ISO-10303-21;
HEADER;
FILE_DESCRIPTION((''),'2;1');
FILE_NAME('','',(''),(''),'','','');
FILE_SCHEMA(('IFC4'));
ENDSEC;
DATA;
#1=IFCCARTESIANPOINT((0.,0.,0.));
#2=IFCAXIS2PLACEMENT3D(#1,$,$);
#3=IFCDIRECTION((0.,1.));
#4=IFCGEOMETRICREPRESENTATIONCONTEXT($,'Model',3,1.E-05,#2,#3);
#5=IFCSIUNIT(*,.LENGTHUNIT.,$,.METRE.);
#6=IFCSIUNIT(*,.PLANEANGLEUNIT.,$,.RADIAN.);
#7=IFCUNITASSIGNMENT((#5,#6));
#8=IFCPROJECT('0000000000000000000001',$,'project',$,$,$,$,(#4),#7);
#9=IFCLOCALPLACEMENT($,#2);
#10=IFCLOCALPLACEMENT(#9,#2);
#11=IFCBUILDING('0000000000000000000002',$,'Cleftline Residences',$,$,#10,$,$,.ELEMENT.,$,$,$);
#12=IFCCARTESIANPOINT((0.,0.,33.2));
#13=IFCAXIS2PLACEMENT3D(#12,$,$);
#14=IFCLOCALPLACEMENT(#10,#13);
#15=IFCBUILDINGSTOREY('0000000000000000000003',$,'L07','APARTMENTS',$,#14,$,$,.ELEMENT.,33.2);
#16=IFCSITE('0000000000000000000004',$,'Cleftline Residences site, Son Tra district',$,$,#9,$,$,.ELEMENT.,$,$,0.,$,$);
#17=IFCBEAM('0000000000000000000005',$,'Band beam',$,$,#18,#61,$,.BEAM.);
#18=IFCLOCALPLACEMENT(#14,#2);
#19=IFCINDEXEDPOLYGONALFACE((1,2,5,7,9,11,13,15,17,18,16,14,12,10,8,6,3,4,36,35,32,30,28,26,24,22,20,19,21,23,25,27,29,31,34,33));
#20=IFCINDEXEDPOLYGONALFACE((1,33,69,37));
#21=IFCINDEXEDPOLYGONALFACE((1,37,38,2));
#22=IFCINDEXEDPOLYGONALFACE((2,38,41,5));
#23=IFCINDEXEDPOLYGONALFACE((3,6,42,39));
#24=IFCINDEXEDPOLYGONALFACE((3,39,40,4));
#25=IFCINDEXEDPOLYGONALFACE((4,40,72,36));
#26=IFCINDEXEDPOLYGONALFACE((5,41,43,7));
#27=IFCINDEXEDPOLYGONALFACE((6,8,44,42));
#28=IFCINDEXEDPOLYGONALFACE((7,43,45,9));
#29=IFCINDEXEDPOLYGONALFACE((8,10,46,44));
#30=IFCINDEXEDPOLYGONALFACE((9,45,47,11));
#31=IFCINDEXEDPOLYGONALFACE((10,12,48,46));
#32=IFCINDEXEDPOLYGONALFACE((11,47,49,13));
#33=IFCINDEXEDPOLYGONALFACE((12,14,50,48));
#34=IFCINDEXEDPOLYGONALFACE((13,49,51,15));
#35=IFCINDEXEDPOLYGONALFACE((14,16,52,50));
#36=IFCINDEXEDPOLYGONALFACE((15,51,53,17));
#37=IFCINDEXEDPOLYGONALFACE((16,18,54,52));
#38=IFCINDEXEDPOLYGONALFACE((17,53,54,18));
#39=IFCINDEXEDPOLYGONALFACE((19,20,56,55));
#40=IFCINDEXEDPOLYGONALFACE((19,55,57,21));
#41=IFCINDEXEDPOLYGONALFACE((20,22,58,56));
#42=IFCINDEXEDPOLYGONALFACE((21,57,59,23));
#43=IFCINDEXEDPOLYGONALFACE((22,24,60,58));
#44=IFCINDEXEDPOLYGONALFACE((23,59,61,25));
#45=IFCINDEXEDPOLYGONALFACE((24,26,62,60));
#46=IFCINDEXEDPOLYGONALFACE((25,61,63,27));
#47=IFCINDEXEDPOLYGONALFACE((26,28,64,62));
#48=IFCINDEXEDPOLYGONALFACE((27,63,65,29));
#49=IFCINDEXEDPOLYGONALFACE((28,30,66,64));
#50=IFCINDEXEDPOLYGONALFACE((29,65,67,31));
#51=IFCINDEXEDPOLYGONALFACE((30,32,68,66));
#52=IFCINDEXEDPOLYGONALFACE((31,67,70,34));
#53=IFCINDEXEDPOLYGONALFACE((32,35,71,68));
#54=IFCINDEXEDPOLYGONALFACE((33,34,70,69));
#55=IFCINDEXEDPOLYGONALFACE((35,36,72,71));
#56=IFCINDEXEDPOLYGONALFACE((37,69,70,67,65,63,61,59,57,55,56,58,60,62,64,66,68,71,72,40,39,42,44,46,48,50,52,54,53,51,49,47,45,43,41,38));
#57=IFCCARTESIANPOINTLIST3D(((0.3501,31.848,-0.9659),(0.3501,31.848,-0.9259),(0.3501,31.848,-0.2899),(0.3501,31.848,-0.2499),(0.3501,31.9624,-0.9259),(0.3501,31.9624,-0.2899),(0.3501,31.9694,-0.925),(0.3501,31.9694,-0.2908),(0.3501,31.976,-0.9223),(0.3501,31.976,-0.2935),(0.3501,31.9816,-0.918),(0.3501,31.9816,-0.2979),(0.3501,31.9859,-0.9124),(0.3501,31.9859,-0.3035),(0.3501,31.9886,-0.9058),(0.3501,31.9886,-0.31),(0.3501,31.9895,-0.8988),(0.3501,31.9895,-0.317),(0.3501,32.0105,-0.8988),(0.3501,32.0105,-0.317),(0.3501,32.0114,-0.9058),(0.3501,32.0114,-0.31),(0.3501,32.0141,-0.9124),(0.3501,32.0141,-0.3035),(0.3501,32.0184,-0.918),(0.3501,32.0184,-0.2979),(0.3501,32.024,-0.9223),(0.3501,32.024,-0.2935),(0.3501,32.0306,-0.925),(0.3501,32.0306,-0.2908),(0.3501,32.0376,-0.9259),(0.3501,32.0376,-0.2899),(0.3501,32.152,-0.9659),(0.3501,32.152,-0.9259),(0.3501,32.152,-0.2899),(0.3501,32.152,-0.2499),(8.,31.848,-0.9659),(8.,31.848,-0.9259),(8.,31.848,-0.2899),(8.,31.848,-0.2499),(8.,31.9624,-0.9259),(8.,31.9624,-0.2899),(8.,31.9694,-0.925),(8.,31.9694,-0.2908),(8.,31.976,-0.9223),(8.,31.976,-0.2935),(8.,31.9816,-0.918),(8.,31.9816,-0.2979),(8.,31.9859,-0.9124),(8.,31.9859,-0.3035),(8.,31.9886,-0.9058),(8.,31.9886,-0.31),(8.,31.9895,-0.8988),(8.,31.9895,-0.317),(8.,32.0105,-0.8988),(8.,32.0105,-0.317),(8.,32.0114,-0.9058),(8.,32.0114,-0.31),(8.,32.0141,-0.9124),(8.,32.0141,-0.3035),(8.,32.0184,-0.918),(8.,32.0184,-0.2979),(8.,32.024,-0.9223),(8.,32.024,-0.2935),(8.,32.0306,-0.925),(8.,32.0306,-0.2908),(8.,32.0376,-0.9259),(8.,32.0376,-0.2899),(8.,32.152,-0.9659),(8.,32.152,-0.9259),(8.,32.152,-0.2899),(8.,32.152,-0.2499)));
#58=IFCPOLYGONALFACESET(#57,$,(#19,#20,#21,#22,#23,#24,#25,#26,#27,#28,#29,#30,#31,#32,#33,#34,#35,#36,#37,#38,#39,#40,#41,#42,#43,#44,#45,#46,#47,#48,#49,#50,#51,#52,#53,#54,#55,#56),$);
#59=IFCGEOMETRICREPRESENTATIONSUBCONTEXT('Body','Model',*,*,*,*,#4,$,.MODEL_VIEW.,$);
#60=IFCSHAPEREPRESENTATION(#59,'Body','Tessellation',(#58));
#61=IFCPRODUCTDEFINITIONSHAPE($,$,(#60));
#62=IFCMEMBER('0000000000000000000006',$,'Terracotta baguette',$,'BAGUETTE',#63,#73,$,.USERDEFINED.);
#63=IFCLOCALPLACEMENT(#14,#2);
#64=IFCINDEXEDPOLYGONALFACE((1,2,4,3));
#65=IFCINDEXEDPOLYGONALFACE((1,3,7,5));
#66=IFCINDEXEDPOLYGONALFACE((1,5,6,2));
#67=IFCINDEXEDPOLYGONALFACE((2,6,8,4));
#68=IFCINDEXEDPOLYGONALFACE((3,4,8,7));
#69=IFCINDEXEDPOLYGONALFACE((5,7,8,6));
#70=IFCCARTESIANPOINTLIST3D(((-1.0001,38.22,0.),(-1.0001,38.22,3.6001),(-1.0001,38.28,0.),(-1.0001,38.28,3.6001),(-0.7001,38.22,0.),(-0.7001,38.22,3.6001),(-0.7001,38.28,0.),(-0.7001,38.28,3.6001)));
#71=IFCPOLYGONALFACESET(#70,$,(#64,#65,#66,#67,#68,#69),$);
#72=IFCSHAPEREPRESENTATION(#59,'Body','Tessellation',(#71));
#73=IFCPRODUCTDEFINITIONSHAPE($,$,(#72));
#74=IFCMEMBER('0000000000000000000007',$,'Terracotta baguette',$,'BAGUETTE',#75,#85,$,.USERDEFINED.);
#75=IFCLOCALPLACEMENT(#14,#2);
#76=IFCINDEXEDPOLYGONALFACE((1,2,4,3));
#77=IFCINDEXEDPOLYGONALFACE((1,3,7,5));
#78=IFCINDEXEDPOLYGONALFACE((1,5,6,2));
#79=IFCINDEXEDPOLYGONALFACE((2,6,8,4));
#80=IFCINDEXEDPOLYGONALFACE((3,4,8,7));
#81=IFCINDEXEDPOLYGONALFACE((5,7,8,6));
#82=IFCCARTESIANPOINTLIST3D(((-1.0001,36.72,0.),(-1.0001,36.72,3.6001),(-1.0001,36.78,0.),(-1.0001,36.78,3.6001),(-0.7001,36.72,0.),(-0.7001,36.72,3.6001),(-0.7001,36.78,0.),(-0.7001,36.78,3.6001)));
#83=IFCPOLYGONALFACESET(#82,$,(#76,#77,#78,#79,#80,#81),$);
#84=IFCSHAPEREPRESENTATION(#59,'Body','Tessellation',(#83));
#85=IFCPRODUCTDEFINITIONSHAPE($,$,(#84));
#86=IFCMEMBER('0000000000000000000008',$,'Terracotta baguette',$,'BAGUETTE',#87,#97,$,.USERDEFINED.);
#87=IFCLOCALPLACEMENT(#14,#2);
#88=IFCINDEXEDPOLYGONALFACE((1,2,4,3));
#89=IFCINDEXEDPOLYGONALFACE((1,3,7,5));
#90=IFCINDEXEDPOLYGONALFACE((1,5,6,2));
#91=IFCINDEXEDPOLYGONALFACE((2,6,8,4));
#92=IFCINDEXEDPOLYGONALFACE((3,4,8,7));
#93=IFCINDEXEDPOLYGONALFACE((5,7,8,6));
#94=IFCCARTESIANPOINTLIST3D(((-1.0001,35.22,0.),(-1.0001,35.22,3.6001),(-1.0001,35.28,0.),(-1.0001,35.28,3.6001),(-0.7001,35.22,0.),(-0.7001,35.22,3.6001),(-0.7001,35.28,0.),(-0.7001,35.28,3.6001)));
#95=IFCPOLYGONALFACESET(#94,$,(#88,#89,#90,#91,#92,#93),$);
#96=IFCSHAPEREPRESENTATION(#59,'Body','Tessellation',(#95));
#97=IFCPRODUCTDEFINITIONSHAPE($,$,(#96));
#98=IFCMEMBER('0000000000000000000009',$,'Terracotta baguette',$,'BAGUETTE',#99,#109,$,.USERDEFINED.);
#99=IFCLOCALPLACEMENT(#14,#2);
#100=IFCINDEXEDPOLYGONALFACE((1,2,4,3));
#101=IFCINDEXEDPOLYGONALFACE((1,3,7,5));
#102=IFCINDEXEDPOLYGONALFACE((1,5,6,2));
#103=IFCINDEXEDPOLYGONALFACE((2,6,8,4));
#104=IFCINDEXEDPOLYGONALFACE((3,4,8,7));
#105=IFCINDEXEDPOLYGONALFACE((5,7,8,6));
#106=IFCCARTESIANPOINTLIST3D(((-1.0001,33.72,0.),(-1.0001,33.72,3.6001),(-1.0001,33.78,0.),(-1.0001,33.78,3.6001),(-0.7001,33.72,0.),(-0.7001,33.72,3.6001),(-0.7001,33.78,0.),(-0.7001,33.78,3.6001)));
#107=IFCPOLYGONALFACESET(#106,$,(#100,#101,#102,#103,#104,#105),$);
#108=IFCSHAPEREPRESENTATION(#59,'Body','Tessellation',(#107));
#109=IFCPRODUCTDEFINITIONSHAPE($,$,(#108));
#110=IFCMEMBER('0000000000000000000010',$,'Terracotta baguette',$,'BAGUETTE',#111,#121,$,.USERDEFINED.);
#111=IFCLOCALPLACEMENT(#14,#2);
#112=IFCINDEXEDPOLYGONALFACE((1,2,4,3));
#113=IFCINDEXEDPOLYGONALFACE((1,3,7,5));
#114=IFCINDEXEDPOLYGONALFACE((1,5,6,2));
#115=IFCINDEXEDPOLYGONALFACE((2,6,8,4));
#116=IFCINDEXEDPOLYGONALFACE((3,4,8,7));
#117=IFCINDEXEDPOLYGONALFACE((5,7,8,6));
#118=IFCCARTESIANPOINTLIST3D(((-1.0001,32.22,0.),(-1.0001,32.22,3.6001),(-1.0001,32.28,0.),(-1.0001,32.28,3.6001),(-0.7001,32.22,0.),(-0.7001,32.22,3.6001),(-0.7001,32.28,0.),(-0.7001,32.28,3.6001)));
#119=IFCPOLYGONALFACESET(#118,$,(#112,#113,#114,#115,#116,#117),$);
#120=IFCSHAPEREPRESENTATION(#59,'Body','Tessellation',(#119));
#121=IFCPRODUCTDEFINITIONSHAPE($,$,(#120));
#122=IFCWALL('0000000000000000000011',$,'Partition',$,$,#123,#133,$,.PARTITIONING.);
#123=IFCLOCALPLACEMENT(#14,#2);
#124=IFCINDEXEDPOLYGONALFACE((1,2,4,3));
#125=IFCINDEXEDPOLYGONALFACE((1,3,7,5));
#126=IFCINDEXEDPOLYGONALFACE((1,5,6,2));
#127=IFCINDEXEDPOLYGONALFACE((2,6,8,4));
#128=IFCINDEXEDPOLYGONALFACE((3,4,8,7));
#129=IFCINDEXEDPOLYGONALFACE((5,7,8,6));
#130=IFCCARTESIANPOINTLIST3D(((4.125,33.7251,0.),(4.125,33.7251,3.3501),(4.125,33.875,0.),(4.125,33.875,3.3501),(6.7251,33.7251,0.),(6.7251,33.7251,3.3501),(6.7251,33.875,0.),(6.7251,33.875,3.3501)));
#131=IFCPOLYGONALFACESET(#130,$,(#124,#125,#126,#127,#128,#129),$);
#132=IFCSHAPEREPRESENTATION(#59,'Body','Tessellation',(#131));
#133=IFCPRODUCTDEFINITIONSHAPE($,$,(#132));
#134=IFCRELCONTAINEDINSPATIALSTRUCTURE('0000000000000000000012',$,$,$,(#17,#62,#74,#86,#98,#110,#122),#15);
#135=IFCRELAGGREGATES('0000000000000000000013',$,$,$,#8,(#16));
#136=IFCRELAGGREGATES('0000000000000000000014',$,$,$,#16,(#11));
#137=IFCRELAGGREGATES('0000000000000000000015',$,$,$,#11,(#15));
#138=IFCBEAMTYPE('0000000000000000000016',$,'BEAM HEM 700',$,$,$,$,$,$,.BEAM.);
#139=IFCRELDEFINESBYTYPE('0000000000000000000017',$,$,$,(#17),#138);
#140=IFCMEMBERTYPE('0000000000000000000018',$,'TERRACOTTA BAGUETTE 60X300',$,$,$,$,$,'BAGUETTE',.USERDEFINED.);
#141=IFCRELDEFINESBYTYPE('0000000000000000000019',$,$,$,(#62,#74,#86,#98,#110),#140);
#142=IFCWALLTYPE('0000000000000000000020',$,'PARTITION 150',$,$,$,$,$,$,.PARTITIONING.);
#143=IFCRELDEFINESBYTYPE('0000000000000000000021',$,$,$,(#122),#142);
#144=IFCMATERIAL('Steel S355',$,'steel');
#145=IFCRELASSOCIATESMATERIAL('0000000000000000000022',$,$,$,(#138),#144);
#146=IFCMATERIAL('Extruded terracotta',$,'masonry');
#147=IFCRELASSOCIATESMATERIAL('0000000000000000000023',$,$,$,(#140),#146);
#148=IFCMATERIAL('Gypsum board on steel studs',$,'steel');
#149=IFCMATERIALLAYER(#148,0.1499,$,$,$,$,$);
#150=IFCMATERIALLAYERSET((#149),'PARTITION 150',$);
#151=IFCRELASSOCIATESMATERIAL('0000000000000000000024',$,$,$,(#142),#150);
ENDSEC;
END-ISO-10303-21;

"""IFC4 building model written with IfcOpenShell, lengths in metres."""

from ifc_helpers import new_model, si_unit, direction, frame, frame_2d, origin, origin_2d, place, context, subcontext, project, spatial, rectangle, i_section, extrude, material, layer, layer_set, material_profile, profile_set, type_object, element, save


model = new_model("IFC4")

# Units and contexts
model_context = context("Model", 3, precision=1e-05, world=origin(), true_north=direction((0.0, 1.0)))
body_context = subcontext(model_context, "Body", "Model", "MODEL_VIEW")
ifc_project = project(units=[si_unit("LENGTHUNIT", "METRE"), si_unit("PLANEANGLEUNIT", "RADIAN")], contexts=[model_context])

# Site, building, storey
site_placement = place(None, origin())
site = spatial("IfcSite", under=ifc_project, at=site_placement, Name="Cleftline Residences site, Son Tra district", CompositionType="ELEMENT", RefElevation=0.0)
building_placement = place(site_placement, origin())
building = spatial("IfcBuilding", under=site, at=building_placement, Name="Cleftline Residences", CompositionType="ELEMENT")
storey_placement = place(building_placement, frame((0.0, 0.0, 33.2)))
storey = spatial("IfcBuildingStorey", under=building, at=storey_placement, Name="L07", Description="APARTMENTS", CompositionType="ELEMENT", Elevation=33.2)

# Beam
ifc_material_1 = material(Name="Steel S355", Category="steel")
ifc_material_profile_1 = material_profile(ifc_material_1, i_section(OverallWidth=0.304, OverallDepth=0.7161, WebThickness=0.021, FlangeThickness=0.04, FilletRadius=0.0271, at=origin_2d()))
ifc_profile_set_1 = profile_set([ifc_material_profile_1], Name="Steel S355")
beam_type = type_object("IfcBeamType", Name="BEAM HEM 700", PredefinedType="BEAM", material=ifc_profile_set_1)
beam_placement = place(storey_placement, frame((0.3501, 32.0, -0.6079), z_axis=(1.0, 0.0, 0.0), x_axis=(0.0, 1.0, 0.0)))
element("IfcBeam", 1, at=beam_placement, inside=storey, type_object=beam_type, Name="Band beam", PredefinedType="BEAM", context=body_context, shape_type="SweptSolid", body=[
    extrude(i_section(OverallWidth=0.304, OverallDepth=0.7161, WebThickness=0.021, FlangeThickness=0.04, FilletRadius=0.0271, at=origin_2d()), origin(), (0.0, 0.0, 1.0), 7.6499),
])

# Members
ifc_material_2 = material(Name="Extruded terracotta", Category="masonry")
ifc_material_profile_2 = material_profile(ifc_material_2, rectangle(XDim=0.0601, YDim=0.3, at=origin_2d()))
ifc_profile_set_2 = profile_set([ifc_material_profile_2], Name="Extruded terracotta")
member_type = type_object("IfcMemberType", Name="TERRACOTTA BAGUETTE 60X300", ElementType="BAGUETTE", PredefinedType="USERDEFINED", material=ifc_profile_set_2)
for number, where, z_axis, x_axis, name in (
    (2, (-0.8501, 38.25, 0.0), (0.0, 0.0, 1.0), (0.0, 1.0, 0.0), "Terracotta baguette"),
    (3, (-0.8501, 36.75, 0.0), (0.0, 0.0, 1.0), (0.0, 1.0, 0.0), "Terracotta baguette"),
    (4, (-0.8501, 35.25, 0.0), (0.0, 0.0, 1.0), (0.0, 1.0, 0.0), "Terracotta baguette"),
    (5, (-0.8501, 33.75, 0.0), (0.0, 0.0, 1.0), (0.0, 1.0, 0.0), "Terracotta baguette"),
    (6, (-0.8501, 32.25, 0.0), (0.0, 0.0, 1.0), (0.0, 1.0, 0.0), "Terracotta baguette"),
):
    element("IfcMember", number, at=place(storey_placement, frame(where, z_axis=z_axis, x_axis=x_axis)), inside=storey, type_object=member_type, Name=name, ObjectType="BAGUETTE", PredefinedType="USERDEFINED", context=body_context, shape_type="SweptSolid", body=[
        extrude(rectangle(XDim=0.0601, YDim=0.3, at=origin_2d()), origin(), (0.0, 0.0, 1.0), 3.6001),
    ])

# Wall
ifc_material_3 = material(Name="Gypsum board on steel studs", Category="steel")
ifc_layer = layer(ifc_material_3, 0.1499)
ifc_layer_set = layer_set([ifc_layer], Name="PARTITION 150")
wall_type = type_object("IfcWallType", Name="PARTITION 150", PredefinedType="PARTITIONING", material=ifc_layer_set)
wall_1_placement = place(storey_placement, frame((4.125, 33.8, 0.0), z_axis=(0.0, 0.0, 1.0), x_axis=(1.0, 0.0, 0.0)))
element("IfcWall", 7, at=wall_1_placement, inside=storey, type_object=wall_type, Name="Partition", PredefinedType="PARTITIONING", context=body_context, shape_type="SweptSolid", body=[
    extrude(rectangle(XDim=2.6001, YDim=0.1499, at=frame_2d((1.3, 0.0))), origin(), (0.0, 0.0, 1.0), 3.3501),
])

save(model, "model.ifc")
